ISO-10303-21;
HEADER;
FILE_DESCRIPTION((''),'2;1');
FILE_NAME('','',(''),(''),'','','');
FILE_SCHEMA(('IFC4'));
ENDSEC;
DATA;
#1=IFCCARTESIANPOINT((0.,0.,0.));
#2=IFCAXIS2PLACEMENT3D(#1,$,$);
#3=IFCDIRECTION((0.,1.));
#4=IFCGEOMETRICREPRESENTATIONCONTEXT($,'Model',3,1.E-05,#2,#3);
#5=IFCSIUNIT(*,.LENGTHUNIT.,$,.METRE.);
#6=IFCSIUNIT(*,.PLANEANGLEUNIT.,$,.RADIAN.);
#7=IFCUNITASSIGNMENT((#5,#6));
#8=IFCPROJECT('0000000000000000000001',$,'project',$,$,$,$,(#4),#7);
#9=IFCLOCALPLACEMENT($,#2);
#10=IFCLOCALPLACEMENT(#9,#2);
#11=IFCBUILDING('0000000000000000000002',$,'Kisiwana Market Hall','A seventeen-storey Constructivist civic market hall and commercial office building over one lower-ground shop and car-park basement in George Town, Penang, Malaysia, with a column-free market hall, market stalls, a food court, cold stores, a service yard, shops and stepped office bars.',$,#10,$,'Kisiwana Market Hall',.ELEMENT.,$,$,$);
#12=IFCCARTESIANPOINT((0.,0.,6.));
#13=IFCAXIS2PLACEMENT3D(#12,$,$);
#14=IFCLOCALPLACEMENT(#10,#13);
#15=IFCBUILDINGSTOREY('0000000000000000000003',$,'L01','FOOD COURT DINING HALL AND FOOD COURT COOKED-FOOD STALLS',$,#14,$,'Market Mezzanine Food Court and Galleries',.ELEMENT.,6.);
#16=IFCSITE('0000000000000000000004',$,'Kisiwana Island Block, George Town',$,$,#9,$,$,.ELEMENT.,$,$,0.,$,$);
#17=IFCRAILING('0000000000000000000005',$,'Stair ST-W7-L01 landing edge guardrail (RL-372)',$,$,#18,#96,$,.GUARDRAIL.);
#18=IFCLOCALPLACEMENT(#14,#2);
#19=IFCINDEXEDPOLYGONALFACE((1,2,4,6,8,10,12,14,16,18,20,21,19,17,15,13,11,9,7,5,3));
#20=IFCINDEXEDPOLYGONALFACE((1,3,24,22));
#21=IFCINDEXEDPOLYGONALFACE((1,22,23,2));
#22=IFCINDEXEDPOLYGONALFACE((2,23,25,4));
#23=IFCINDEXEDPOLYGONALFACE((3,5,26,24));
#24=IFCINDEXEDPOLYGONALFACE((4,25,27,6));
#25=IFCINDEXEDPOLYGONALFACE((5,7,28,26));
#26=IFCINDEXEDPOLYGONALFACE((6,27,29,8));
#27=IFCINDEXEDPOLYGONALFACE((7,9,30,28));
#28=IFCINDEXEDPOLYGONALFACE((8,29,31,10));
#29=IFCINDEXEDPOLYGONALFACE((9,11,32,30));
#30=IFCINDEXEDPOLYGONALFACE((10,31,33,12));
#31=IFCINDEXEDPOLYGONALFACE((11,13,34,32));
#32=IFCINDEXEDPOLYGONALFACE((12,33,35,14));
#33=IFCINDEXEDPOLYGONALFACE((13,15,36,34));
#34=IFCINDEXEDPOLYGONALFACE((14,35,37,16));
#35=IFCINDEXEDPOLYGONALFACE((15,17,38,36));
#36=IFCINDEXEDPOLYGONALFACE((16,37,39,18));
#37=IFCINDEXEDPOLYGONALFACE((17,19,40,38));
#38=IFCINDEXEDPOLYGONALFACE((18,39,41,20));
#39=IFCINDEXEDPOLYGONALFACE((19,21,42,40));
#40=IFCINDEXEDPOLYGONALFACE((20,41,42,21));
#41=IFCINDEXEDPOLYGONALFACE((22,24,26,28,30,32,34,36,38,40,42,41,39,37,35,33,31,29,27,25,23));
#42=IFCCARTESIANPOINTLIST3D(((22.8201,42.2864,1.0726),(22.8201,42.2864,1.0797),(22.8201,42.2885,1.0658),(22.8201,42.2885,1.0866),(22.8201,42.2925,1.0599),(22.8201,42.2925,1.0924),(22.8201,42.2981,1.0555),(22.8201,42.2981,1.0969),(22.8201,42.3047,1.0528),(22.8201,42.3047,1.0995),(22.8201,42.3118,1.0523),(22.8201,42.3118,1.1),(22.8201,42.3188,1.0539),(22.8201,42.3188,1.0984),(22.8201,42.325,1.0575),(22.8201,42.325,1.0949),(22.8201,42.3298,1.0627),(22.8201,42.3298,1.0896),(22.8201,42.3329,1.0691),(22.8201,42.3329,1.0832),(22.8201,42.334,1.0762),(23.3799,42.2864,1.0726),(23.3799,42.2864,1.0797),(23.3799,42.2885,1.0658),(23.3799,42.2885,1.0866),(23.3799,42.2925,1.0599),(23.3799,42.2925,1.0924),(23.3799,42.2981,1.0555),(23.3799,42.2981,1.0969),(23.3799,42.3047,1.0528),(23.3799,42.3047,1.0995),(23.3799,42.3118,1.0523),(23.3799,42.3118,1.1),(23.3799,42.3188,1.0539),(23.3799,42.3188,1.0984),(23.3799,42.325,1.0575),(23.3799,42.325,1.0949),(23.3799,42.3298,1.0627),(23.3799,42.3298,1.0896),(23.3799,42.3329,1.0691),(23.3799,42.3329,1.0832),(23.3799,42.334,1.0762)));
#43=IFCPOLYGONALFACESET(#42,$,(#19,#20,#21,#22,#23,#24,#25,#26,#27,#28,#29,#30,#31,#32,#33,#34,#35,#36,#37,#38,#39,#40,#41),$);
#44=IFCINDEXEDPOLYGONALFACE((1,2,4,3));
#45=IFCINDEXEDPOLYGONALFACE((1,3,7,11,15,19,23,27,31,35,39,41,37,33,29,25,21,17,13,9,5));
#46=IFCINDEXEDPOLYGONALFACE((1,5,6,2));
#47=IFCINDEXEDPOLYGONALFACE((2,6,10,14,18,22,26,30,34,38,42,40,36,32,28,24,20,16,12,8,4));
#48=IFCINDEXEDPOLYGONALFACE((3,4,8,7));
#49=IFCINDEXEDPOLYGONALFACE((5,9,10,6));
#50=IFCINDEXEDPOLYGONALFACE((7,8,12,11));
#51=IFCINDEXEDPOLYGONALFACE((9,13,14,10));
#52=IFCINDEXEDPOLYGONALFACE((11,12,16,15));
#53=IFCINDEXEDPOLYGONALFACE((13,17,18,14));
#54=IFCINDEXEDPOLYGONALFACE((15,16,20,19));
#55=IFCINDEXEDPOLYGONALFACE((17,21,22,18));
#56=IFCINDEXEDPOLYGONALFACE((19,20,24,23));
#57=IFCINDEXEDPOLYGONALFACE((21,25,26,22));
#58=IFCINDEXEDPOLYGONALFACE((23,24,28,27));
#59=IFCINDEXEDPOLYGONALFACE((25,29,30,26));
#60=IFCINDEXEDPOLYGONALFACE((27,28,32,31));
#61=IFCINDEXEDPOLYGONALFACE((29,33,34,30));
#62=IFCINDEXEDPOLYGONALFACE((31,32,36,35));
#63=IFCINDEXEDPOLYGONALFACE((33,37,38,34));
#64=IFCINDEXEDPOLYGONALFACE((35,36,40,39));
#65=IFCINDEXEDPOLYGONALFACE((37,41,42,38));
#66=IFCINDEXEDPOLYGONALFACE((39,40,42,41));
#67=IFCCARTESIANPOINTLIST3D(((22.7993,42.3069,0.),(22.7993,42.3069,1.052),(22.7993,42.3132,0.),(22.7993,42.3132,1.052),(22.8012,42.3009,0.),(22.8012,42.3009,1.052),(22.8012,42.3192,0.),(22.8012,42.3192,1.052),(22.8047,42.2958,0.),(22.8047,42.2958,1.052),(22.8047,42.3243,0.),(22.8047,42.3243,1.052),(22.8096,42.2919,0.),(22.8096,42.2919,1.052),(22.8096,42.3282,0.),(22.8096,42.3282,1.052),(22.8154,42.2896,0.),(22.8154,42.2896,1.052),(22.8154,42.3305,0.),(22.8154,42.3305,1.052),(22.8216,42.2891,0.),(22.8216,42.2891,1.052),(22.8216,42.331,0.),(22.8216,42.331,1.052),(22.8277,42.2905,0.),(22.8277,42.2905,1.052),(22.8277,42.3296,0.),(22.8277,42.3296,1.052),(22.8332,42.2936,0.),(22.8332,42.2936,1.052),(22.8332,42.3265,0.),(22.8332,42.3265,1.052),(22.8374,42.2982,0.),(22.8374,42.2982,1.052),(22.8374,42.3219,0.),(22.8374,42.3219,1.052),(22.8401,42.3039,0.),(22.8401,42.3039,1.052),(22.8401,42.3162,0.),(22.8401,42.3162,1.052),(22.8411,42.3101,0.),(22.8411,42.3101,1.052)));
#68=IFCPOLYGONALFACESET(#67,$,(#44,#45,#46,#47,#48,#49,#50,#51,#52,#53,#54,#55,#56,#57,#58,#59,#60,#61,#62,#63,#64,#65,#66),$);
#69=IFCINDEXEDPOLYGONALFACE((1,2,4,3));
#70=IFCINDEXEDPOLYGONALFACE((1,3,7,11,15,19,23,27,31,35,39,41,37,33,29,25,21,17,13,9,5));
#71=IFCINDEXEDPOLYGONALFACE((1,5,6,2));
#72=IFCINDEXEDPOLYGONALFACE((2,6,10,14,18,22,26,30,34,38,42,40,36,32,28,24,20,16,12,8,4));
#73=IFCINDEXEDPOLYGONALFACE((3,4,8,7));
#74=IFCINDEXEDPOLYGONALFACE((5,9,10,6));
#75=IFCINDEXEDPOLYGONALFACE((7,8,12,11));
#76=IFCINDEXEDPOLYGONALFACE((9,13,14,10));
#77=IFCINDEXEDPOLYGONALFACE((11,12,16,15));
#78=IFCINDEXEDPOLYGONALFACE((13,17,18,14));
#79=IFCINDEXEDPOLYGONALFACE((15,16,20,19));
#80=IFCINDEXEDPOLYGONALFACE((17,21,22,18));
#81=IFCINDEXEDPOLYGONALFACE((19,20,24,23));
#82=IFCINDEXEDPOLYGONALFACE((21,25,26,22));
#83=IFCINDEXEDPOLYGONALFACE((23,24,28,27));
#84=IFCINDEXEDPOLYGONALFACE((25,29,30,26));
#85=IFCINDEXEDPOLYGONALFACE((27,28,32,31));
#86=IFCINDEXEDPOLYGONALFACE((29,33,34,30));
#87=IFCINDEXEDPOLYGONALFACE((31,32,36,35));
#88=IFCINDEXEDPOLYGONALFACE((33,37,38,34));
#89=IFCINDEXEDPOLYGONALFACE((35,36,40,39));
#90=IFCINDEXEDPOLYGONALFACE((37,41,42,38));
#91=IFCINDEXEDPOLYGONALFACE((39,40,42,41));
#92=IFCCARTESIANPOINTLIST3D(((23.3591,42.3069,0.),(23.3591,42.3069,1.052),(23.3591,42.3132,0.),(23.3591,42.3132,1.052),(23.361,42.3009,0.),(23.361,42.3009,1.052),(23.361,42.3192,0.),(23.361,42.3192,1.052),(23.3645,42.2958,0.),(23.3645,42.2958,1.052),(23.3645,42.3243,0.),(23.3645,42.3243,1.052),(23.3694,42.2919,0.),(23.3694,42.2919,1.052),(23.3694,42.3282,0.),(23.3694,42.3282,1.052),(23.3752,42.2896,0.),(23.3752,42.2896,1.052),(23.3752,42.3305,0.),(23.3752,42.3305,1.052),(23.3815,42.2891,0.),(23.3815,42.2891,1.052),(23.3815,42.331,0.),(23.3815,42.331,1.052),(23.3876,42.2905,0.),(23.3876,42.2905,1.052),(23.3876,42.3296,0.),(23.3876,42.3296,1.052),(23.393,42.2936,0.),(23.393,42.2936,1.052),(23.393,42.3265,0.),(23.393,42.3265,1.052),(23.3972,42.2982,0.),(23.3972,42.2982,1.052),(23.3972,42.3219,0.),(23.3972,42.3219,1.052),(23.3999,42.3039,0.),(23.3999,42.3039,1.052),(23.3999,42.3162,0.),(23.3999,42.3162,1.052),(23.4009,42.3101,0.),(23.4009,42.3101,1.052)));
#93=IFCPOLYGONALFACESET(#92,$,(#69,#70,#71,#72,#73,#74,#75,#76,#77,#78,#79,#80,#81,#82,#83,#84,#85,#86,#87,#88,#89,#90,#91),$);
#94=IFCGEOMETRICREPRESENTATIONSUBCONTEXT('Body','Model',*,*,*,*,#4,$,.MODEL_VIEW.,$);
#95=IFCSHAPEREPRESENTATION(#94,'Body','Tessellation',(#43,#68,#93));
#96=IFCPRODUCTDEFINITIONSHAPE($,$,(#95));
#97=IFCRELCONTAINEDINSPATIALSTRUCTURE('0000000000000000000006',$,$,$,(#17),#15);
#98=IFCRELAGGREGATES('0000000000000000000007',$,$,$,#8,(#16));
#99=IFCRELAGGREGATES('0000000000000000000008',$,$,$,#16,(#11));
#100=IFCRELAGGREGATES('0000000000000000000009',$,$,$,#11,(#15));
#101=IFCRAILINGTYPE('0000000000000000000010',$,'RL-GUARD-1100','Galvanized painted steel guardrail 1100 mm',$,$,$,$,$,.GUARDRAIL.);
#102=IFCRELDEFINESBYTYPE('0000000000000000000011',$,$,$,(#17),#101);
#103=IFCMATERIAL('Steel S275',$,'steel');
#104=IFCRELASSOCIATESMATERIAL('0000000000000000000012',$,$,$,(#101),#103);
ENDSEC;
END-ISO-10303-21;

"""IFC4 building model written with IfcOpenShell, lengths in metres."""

from ifc_helpers import new_model, si_unit, direction, frame, origin, origin_2d, place, context, subcontext, project, spatial, circle, extrude, material, type_object, element, save


model = new_model("IFC4")

# Units and contexts
model_context = context("Model", 3, precision=1e-05, world=origin(), true_north=direction((0.0, 1.0)))
body_context = subcontext(model_context, "Body", "Model", "MODEL_VIEW")
ifc_project = project(units=[si_unit("LENGTHUNIT", "METRE"), si_unit("PLANEANGLEUNIT", "RADIAN")], contexts=[model_context])

# Site, building, storey
site_placement = place(None, origin())
site = spatial("IfcSite", under=ifc_project, at=site_placement, Name="Kisiwana Island Block, George Town", CompositionType="ELEMENT", RefElevation=0.0)
building_placement = place(site_placement, origin())
building = spatial("IfcBuilding", under=site, at=building_placement, Name="Kisiwana Market Hall", Description="A seventeen-storey Constructivist civic market hall and commercial office building over one lower-ground shop and car-park basement in George Town, Penang, Malaysia, with a column-free market hall, market stalls, a food court, cold stores, a service yard, shops and stepped office bars.", LongName="Kisiwana Market Hall", CompositionType="ELEMENT")
storey_placement = place(building_placement, frame((0.0, 0.0, 6.0)))
storey = spatial("IfcBuildingStorey", under=building, at=storey_placement, Name="L01", Description="FOOD COURT DINING HALL AND FOOD COURT COOKED-FOOD STALLS", LongName="Market Mezzanine Food Court and Galleries", CompositionType="ELEMENT", Elevation=6.0)

# Railing
ifc_material_1 = material(Name="Steel S275", Category="steel")
railing_type_1 = type_object("IfcRailingType", Name="RL-GUARD-1100", Description="Galvanized painted steel guardrail 1100 mm", PredefinedType="GUARDRAIL", material=ifc_material_1)
railing_1_placement = place(storey_placement, frame((22.8201, 42.3101, 0.0)))
element("IfcRailing", 1, at=railing_1_placement, inside=storey, type_object=railing_type_1, Name="Stair ST-W7-L01 landing edge guardrail (RL-372)", PredefinedType="GUARDRAIL", context=body_context, shape_type="SweptSolid", body=[
    extrude(circle(Radius=0.0239, at=origin_2d()), frame((0.0, 0.0, 1.0762), z_axis=(1.0, 0.0, 0.0), x_axis=(0.0, 1.0, 0.0)), (0.0, 0.0, 1.0), 0.5598),
    extrude(circle(Radius=0.021, at=origin_2d()), origin(), (0.0, 0.0, 1.0), 1.052),
    extrude(circle(Radius=0.021, at=origin_2d()), frame((0.5598, 0.0, 0.0)), (0.0, 0.0, 1.0), 1.052),
])

save(model, "model.ifc")
